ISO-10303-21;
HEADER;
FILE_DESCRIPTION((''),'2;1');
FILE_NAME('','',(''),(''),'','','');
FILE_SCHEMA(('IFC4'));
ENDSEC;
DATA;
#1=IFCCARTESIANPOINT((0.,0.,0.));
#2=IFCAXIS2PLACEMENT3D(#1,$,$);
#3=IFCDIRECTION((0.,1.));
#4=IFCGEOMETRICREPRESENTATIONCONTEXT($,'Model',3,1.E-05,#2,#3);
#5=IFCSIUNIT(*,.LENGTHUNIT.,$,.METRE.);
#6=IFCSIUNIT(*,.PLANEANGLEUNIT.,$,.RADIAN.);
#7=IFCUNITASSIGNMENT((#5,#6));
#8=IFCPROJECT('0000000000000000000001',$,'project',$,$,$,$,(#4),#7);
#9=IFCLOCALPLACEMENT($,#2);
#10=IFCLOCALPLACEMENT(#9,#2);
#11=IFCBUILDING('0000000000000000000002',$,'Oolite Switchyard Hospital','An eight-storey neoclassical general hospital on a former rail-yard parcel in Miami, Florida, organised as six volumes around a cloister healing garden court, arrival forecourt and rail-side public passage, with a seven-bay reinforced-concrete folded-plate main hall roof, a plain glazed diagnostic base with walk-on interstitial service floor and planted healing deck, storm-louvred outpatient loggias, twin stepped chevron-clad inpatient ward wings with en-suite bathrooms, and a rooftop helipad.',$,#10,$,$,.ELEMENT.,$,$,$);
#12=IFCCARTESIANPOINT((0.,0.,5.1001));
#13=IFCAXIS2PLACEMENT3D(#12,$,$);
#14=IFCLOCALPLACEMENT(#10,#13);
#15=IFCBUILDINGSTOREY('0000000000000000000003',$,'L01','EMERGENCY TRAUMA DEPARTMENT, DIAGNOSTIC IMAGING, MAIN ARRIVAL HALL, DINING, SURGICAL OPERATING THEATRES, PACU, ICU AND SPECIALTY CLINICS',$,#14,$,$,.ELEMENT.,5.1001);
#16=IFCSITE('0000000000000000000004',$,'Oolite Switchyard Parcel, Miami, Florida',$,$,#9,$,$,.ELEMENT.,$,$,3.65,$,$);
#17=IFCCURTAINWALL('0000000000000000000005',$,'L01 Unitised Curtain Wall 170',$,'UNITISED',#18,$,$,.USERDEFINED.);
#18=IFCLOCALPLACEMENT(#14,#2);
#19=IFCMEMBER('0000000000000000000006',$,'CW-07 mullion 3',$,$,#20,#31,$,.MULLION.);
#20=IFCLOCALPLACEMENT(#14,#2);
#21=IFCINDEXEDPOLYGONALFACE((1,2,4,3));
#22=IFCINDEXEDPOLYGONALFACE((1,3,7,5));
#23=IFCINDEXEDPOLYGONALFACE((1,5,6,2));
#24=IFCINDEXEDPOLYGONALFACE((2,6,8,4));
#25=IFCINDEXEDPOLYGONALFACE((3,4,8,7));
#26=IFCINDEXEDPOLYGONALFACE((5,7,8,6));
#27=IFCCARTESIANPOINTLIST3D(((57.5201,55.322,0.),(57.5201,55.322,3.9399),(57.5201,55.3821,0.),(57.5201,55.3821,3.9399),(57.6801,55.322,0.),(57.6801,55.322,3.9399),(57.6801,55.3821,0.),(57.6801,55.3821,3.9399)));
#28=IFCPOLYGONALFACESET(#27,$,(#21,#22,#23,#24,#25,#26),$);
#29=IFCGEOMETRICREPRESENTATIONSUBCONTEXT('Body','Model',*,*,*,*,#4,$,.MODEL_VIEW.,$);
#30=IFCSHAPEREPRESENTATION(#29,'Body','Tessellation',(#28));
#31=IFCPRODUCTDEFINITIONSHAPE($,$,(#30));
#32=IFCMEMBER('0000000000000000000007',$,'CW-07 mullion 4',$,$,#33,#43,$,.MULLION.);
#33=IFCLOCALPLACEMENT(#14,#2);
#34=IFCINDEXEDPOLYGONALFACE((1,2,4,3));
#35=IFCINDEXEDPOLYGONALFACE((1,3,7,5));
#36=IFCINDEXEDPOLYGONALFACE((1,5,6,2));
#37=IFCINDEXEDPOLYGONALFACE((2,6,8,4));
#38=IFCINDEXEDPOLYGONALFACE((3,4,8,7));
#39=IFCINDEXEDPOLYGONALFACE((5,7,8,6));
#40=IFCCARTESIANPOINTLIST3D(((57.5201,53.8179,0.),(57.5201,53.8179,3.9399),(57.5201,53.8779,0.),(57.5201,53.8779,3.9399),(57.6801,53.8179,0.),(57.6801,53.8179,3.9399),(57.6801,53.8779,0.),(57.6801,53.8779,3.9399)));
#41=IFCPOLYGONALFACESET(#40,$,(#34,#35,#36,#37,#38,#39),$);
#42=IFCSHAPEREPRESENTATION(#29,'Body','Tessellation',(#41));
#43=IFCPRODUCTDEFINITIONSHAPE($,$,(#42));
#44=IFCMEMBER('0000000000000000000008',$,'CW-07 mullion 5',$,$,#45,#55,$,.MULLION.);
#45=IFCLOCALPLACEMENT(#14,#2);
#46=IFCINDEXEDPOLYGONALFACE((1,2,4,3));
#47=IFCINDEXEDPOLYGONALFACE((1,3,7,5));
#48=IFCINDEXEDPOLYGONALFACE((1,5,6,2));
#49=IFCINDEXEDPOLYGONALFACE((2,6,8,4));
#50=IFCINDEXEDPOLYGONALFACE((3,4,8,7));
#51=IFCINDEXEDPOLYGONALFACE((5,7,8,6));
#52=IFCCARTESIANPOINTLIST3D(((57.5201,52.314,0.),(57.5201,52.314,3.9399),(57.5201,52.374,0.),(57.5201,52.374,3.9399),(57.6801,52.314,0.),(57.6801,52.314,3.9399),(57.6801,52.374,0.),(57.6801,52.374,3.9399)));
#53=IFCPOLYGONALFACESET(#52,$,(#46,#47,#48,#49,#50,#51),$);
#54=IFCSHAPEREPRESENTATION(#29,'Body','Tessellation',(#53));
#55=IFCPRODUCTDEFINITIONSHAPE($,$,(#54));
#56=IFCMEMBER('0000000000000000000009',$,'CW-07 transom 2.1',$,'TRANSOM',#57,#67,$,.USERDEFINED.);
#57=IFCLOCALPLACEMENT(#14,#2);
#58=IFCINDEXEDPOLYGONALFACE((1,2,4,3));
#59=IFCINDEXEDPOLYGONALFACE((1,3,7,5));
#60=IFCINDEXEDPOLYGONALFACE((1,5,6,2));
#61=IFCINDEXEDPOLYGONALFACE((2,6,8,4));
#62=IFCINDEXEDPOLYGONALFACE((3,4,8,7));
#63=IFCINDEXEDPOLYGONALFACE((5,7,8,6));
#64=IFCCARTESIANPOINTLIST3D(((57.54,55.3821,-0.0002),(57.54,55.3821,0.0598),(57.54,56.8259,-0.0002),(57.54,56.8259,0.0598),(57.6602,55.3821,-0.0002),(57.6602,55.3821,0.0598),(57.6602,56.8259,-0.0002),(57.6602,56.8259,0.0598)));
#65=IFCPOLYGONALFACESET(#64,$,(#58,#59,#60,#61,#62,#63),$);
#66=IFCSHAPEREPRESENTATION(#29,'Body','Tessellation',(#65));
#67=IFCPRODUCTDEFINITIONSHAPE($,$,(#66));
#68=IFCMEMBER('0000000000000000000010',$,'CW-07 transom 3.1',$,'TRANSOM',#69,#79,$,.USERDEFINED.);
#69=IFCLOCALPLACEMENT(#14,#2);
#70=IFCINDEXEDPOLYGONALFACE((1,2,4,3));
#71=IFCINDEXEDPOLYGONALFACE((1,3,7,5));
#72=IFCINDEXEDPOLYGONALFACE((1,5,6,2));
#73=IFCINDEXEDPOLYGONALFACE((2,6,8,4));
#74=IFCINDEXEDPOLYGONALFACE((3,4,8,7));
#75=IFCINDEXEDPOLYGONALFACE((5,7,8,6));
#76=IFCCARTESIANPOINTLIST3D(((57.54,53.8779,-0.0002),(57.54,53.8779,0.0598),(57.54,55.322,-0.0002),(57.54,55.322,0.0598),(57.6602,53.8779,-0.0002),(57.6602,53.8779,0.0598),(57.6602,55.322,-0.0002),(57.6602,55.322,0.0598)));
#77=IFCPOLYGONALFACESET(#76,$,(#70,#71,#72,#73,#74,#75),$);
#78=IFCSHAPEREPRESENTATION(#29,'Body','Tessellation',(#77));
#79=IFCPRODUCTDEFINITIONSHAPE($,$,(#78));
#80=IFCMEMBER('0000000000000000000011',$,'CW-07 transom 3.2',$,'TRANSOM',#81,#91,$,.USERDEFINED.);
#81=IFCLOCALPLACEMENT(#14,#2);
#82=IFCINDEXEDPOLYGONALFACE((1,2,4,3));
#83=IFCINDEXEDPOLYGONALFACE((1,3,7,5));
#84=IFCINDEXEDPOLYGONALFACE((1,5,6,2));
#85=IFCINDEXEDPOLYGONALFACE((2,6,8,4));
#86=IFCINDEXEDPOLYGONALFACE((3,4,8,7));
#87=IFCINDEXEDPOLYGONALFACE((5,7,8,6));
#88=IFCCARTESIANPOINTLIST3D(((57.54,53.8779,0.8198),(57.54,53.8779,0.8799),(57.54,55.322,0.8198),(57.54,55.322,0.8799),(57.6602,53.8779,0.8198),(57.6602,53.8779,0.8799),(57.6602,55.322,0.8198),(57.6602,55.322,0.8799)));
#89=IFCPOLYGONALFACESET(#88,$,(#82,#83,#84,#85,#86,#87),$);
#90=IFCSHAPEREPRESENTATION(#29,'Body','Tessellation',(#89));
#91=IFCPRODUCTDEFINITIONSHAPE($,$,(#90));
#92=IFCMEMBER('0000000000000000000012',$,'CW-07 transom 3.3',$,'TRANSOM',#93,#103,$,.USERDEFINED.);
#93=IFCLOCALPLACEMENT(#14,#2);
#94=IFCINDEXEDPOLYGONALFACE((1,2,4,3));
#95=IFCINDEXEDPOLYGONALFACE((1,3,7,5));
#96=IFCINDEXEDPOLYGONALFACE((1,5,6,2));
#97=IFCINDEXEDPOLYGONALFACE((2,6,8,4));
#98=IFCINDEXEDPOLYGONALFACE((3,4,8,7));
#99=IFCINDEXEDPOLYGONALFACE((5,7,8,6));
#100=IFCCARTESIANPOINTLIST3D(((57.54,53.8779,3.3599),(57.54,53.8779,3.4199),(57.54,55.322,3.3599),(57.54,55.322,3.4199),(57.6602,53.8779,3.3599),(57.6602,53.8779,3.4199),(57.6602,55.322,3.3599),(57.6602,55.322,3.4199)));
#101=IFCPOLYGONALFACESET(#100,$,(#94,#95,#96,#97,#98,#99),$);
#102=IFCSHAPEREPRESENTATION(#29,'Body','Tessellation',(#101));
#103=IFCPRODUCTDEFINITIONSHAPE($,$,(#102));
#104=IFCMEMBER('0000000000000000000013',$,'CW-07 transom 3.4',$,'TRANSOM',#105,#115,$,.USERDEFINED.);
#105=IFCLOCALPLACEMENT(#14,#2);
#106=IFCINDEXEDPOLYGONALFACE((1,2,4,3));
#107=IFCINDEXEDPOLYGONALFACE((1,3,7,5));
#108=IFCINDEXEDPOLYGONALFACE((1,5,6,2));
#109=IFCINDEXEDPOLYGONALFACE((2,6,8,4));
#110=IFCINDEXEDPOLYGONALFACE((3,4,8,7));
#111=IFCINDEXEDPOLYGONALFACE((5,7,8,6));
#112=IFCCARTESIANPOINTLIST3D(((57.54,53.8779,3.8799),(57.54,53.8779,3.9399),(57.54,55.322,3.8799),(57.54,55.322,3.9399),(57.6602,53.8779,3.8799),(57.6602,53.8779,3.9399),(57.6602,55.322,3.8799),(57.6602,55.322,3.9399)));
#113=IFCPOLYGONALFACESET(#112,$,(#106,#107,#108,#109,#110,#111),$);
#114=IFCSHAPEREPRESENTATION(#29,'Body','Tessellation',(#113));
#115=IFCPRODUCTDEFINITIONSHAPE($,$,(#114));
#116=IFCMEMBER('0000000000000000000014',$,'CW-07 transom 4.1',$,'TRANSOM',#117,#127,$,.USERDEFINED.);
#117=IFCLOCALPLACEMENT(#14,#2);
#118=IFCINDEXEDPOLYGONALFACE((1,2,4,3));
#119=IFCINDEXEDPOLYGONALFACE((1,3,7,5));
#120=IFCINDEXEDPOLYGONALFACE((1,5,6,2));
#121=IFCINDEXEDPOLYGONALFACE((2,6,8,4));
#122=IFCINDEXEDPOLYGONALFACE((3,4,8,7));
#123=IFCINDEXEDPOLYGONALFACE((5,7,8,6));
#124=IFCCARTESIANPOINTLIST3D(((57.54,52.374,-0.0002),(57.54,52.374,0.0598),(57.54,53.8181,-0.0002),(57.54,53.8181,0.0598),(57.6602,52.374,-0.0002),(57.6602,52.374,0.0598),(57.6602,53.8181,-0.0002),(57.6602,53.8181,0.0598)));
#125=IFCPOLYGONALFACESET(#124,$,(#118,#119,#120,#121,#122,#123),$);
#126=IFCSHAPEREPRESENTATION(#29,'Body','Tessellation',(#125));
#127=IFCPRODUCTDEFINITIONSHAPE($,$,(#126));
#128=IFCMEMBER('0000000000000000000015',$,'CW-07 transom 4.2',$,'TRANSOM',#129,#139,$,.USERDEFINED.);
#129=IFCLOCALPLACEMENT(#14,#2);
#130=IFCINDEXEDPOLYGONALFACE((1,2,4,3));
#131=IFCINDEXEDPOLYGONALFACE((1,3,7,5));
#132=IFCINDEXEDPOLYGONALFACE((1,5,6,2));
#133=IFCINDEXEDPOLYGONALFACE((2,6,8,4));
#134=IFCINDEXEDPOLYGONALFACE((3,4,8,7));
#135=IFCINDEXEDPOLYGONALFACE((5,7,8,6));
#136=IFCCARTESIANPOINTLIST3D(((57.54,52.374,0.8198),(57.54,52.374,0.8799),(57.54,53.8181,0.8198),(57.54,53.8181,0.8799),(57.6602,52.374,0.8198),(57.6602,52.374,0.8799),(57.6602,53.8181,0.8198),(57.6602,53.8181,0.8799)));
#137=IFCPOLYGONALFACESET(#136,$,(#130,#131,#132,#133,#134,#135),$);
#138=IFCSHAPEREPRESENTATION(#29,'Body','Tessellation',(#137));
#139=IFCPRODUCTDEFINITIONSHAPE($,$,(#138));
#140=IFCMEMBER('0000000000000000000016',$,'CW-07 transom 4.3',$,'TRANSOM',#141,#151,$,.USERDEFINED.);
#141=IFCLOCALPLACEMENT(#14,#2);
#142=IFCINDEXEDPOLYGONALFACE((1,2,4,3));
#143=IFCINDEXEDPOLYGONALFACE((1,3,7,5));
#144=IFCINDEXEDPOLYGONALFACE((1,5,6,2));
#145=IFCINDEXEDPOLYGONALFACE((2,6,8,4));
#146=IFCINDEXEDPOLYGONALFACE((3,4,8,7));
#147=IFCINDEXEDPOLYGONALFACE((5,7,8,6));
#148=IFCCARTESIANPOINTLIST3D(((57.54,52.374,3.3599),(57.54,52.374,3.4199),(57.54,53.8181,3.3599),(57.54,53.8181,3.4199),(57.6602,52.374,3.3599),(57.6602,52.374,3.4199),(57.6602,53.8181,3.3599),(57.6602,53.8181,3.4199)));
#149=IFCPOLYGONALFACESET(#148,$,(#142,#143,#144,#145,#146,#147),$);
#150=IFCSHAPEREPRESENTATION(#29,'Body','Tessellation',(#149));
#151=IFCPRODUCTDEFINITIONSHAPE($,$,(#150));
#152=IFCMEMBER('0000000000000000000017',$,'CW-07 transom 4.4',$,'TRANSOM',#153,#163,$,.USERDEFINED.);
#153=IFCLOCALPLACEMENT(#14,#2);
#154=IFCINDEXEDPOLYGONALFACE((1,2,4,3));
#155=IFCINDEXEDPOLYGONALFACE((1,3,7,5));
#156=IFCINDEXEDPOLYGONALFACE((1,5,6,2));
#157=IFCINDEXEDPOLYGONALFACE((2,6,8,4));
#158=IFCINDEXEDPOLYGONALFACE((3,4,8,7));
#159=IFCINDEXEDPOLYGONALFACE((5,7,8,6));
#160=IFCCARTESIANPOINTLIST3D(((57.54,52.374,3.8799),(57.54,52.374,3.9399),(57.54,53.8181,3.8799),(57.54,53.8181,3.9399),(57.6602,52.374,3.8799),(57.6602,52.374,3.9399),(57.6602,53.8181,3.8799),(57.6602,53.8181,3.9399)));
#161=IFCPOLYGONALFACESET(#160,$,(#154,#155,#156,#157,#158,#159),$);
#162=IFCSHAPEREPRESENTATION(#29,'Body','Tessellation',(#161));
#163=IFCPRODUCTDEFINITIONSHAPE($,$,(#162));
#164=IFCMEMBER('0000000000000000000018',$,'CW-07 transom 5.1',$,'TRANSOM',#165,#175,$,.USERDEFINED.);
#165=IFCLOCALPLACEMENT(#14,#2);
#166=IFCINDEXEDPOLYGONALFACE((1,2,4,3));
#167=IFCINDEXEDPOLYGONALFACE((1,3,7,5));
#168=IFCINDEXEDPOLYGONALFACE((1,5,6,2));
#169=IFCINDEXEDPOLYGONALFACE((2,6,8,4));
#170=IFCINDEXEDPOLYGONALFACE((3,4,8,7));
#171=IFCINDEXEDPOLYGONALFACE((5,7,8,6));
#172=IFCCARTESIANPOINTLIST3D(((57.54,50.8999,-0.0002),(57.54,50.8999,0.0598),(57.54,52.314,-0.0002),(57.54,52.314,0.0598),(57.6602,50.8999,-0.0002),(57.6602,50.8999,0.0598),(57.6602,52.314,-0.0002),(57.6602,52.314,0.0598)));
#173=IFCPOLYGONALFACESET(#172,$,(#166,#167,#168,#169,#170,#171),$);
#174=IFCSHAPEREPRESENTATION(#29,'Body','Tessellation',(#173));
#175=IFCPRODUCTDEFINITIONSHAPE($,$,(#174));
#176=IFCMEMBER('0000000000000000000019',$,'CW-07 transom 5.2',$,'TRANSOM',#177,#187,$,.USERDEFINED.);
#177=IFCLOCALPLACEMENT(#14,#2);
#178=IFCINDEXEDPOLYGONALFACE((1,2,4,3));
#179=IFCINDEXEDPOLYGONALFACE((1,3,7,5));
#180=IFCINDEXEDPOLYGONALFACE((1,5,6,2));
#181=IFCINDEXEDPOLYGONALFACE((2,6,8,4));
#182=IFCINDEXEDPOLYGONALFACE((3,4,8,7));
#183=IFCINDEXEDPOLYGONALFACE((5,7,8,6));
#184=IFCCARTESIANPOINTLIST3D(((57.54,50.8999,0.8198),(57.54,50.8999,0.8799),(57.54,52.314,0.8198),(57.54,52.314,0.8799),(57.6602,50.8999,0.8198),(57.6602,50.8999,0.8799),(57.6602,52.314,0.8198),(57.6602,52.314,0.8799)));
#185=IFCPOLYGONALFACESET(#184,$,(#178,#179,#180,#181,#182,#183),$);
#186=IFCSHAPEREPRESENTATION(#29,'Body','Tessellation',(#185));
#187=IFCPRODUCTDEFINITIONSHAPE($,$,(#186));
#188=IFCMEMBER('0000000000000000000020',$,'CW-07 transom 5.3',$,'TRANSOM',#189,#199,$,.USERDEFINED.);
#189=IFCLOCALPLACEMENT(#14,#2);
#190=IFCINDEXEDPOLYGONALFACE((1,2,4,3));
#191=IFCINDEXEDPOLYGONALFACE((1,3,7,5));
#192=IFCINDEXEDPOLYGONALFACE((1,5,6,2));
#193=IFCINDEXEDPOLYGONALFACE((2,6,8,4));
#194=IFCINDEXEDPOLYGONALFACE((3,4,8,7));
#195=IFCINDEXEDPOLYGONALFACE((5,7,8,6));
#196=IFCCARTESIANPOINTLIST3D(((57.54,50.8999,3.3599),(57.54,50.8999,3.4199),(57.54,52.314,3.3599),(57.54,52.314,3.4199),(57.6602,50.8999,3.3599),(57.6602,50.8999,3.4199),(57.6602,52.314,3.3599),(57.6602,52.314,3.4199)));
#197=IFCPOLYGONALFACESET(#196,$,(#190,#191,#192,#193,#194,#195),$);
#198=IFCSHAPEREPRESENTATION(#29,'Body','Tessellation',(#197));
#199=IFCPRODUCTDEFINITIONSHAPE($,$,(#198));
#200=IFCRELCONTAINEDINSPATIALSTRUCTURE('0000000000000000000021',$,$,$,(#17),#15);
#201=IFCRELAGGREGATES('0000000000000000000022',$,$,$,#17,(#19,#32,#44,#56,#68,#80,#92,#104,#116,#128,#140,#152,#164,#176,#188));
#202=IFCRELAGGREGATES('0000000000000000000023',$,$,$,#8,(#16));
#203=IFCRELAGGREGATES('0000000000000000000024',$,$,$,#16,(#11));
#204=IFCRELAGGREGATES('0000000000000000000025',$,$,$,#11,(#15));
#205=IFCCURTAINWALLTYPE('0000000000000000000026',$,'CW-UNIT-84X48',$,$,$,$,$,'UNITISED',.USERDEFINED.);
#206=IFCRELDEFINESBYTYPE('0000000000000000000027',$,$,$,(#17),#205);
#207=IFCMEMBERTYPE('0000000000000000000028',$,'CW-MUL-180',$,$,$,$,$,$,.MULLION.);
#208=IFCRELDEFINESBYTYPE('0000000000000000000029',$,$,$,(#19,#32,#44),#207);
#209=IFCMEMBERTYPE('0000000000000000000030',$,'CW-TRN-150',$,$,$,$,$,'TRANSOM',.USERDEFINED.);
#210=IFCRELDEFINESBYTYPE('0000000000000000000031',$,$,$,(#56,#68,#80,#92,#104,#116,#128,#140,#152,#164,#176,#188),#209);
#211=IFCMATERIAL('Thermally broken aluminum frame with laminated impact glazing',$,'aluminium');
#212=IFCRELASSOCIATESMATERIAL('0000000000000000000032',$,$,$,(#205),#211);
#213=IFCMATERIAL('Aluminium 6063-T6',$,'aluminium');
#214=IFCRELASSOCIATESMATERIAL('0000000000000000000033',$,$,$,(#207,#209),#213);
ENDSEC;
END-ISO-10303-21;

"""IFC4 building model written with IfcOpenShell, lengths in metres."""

from ifc_helpers import new_model, si_unit, direction, frame, origin, origin_2d, place, context, subcontext, project, spatial, rectangle, extrude, material, material_profile, profile_set, type_object, element, aggregate, save


model = new_model("IFC4")

# Units and contexts
model_context = context("Model", 3, precision=1e-05, world=origin(), true_north=direction((0.0, 1.0)))
body_context = subcontext(model_context, "Body", "Model", "MODEL_VIEW")
ifc_project = project(units=[si_unit("LENGTHUNIT", "METRE"), si_unit("PLANEANGLEUNIT", "RADIAN")], contexts=[model_context])

# Site, building, storey
site_placement = place(None, origin())
site = spatial("IfcSite", under=ifc_project, at=site_placement, Name="Oolite Switchyard Parcel, Miami, Florida", CompositionType="ELEMENT", RefElevation=3.65)
building_placement = place(site_placement, origin())
building = spatial("IfcBuilding", under=site, at=building_placement, Name="Oolite Switchyard Hospital", Description="An eight-storey neoclassical general hospital on a former rail-yard parcel in Miami, Florida, organised as six volumes around a cloister healing garden court, arrival forecourt and rail-side public passage, with a seven-bay reinforced-concrete folded-plate main hall roof, a plain glazed diagnostic base with walk-on interstitial service floor and planted healing deck, storm-louvred outpatient loggias, twin stepped chevron-clad inpatient ward wings with en-suite bathrooms, and a rooftop helipad.", CompositionType="ELEMENT")
storey_placement = place(building_placement, frame((0.0, 0.0, 5.1001)))
storey = spatial("IfcBuildingStorey", under=building, at=storey_placement, Name="L01", Description="EMERGENCY TRAUMA DEPARTMENT, DIAGNOSTIC IMAGING, MAIN ARRIVAL HALL, DINING, SURGICAL OPERATING THEATRES, PACU, ICU AND SPECIALTY CLINICS", CompositionType="ELEMENT", Elevation=5.1001)

# Curtain wall, members
ifc_material_1 = material(Name="Thermally broken aluminum frame with laminated impact glazing", Category="aluminium")
curtain_wall_type = type_object("IfcCurtainWallType", Name="CW-UNIT-84X48", ElementType="UNITISED", PredefinedType="USERDEFINED", material=ifc_material_1)
curtain_wall_placement = place(storey_placement, origin())
curtain_wall = element("IfcCurtainWall", 1, at=curtain_wall_placement, inside=storey, type_object=curtain_wall_type, Name="L01 Unitised Curtain Wall 170", ObjectType="UNITISED", PredefinedType="USERDEFINED")
ifc_material_2 = material(Name="Aluminium 6063-T6", Category="aluminium")
ifc_material_profile_1 = material_profile(ifc_material_2, rectangle(XDim=0.1599, YDim=0.0601, at=origin_2d()), Name="CWM60X160")
ifc_profile_set_1 = profile_set([ifc_material_profile_1], Name="Aluminium 6063-T6")
member_type_1 = type_object("IfcMemberType", Name="CW-MUL-180", PredefinedType="MULLION", material=ifc_profile_set_1)
member_1_placement = place(storey_placement, frame((57.6001, 55.3521, 0.0), z_axis=(0.0, 0.0, 1.0), x_axis=(1.0, 0.0, 0.0)))
member_1 = element("IfcMember", 2, at=member_1_placement, type_object=member_type_1, Name="CW-07 mullion 3", PredefinedType="MULLION", context=body_context, shape_type="SweptSolid", body=[
    extrude(rectangle(XDim=0.1599, YDim=0.0601, at=origin_2d()), origin(), (0.0, 0.0, 1.0), 3.9399),
])
member_2_placement = place(storey_placement, frame((57.6001, 53.8479, 0.0), z_axis=(0.0, 0.0, 1.0), x_axis=(1.0, 0.0, 0.0)))
member_2 = element("IfcMember", 3, at=member_2_placement, type_object=member_type_1, Name="CW-07 mullion 4", PredefinedType="MULLION", context=body_context, shape_type="SweptSolid", body=[
    extrude(rectangle(XDim=0.1599, YDim=0.0601, at=origin_2d()), origin(), (0.0, 0.0, 1.0), 3.9399),
])
member_3_placement = place(storey_placement, frame((57.6001, 52.344, 0.0), z_axis=(0.0, 0.0, 1.0), x_axis=(1.0, 0.0, 0.0)))
member_3 = element("IfcMember", 4, at=member_3_placement, type_object=member_type_1, Name="CW-07 mullion 5", PredefinedType="MULLION", context=body_context, shape_type="SweptSolid", body=[
    extrude(rectangle(XDim=0.1599, YDim=0.0601, at=origin_2d()), origin(), (0.0, 0.0, 1.0), 3.9399),
])
ifc_material_profile_2 = material_profile(ifc_material_2, rectangle(XDim=0.1201, YDim=0.0601, at=origin_2d()), Name="CWT60X120")
ifc_profile_set_2 = profile_set([ifc_material_profile_2], Name="Aluminium 6063-T6")
member_type_2 = type_object("IfcMemberType", Name="CW-TRN-150", ElementType="TRANSOM", PredefinedType="USERDEFINED", material=ifc_profile_set_2)
member_4_placement = place(storey_placement, frame((57.6001, 56.8259, 0.0298), z_axis=(0.0, -1.0, 0.0), x_axis=(1.0, 0.0, 0.0)))
member_4 = element("IfcMember", 5, at=member_4_placement, type_object=member_type_2, Name="CW-07 transom 2.1", ObjectType="TRANSOM", PredefinedType="USERDEFINED", context=body_context, shape_type="SweptSolid", body=[
    extrude(rectangle(XDim=0.1201, YDim=0.0601, at=origin_2d()), origin(), (0.0, 0.0, 1.0), 1.4438),
])
member_5_placement = place(storey_placement, frame((57.6001, 55.322, 0.0298), z_axis=(0.0, -1.0, 0.0), x_axis=(1.0, 0.0, 0.0)))
member_5 = element("IfcMember", 6, at=member_5_placement, type_object=member_type_2, Name="CW-07 transom 3.1", ObjectType="TRANSOM", PredefinedType="USERDEFINED", context=body_context, shape_type="SweptSolid", body=[
    extrude(rectangle(XDim=0.1201, YDim=0.0601, at=origin_2d()), origin(), (0.0, 0.0, 1.0), 1.4441),
])
member_6_placement = place(storey_placement, frame((57.6001, 55.322, 0.8499), z_axis=(0.0, -1.0, 0.0), x_axis=(1.0, 0.0, 0.0)))
member_6 = element("IfcMember", 7, at=member_6_placement, type_object=member_type_2, Name="CW-07 transom 3.2", ObjectType="TRANSOM", PredefinedType="USERDEFINED", context=body_context, shape_type="SweptSolid", body=[
    extrude(rectangle(XDim=0.1201, YDim=0.0601, at=origin_2d()), origin(), (0.0, 0.0, 1.0), 1.4441),
])
member_7_placement = place(storey_placement, frame((57.6001, 55.322, 3.3899), z_axis=(0.0, -1.0, 0.0), x_axis=(1.0, 0.0, 0.0)))
member_7 = element("IfcMember", 8, at=member_7_placement, type_object=member_type_2, Name="CW-07 transom 3.3", ObjectType="TRANSOM", PredefinedType="USERDEFINED", context=body_context, shape_type="SweptSolid", body=[
    extrude(rectangle(XDim=0.1201, YDim=0.0601, at=origin_2d()), origin(), (0.0, 0.0, 1.0), 1.4441),
])
member_8_placement = place(storey_placement, frame((57.6001, 55.322, 3.9099), z_axis=(0.0, -1.0, 0.0), x_axis=(1.0, 0.0, 0.0)))
member_8 = element("IfcMember", 9, at=member_8_placement, type_object=member_type_2, Name="CW-07 transom 3.4", ObjectType="TRANSOM", PredefinedType="USERDEFINED", context=body_context, shape_type="SweptSolid", body=[
    extrude(rectangle(XDim=0.1201, YDim=0.0601, at=origin_2d()), origin(), (0.0, 0.0, 1.0), 1.4441),
])
member_9_placement = place(storey_placement, frame((57.6001, 53.8181, 0.0298), z_axis=(0.0, -1.0, 0.0), x_axis=(1.0, 0.0, 0.0)))
member_9 = element("IfcMember", 10, at=member_9_placement, type_object=member_type_2, Name="CW-07 transom 4.1", ObjectType="TRANSOM", PredefinedType="USERDEFINED", context=body_context, shape_type="SweptSolid", body=[
    extrude(rectangle(XDim=0.1201, YDim=0.0601, at=origin_2d()), origin(), (0.0, 0.0, 1.0), 1.4441),
])
member_10_placement = place(storey_placement, frame((57.6001, 53.8181, 0.8499), z_axis=(0.0, -1.0, 0.0), x_axis=(1.0, 0.0, 0.0)))
member_10 = element("IfcMember", 11, at=member_10_placement, type_object=member_type_2, Name="CW-07 transom 4.2", ObjectType="TRANSOM", PredefinedType="USERDEFINED", context=body_context, shape_type="SweptSolid", body=[
    extrude(rectangle(XDim=0.1201, YDim=0.0601, at=origin_2d()), origin(), (0.0, 0.0, 1.0), 1.4441),
])
member_11_placement = place(storey_placement, frame((57.6001, 53.8181, 3.3899), z_axis=(0.0, -1.0, 0.0), x_axis=(1.0, 0.0, 0.0)))
member_11 = element("IfcMember", 12, at=member_11_placement, type_object=member_type_2, Name="CW-07 transom 4.3", ObjectType="TRANSOM", PredefinedType="USERDEFINED", context=body_context, shape_type="SweptSolid", body=[
    extrude(rectangle(XDim=0.1201, YDim=0.0601, at=origin_2d()), origin(), (0.0, 0.0, 1.0), 1.4441),
])
member_12_placement = place(storey_placement, frame((57.6001, 53.8181, 3.9099), z_axis=(0.0, -1.0, 0.0), x_axis=(1.0, 0.0, 0.0)))
member_12 = element("IfcMember", 13, at=member_12_placement, type_object=member_type_2, Name="CW-07 transom 4.4", ObjectType="TRANSOM", PredefinedType="USERDEFINED", context=body_context, shape_type="SweptSolid", body=[
    extrude(rectangle(XDim=0.1201, YDim=0.0601, at=origin_2d()), origin(), (0.0, 0.0, 1.0), 1.4441),
])
member_13_placement = place(storey_placement, frame((57.6001, 52.314, 0.0298), z_axis=(0.0, -1.0, 0.0), x_axis=(1.0, 0.0, 0.0)))
member_13 = element("IfcMember", 14, at=member_13_placement, type_object=member_type_2, Name="CW-07 transom 5.1", ObjectType="TRANSOM", PredefinedType="USERDEFINED", context=body_context, shape_type="SweptSolid", body=[
    extrude(rectangle(XDim=0.1201, YDim=0.0601, at=origin_2d()), origin(), (0.0, 0.0, 1.0), 1.4141),
])
member_14_placement = place(storey_placement, frame((57.6001, 52.314, 0.8499), z_axis=(0.0, -1.0, 0.0), x_axis=(1.0, 0.0, 0.0)))
member_14 = element("IfcMember", 15, at=member_14_placement, type_object=member_type_2, Name="CW-07 transom 5.2", ObjectType="TRANSOM", PredefinedType="USERDEFINED", context=body_context, shape_type="SweptSolid", body=[
    extrude(rectangle(XDim=0.1201, YDim=0.0601, at=origin_2d()), origin(), (0.0, 0.0, 1.0), 1.4141),
])
member_15_placement = place(storey_placement, frame((57.6001, 52.314, 3.3899), z_axis=(0.0, -1.0, 0.0), x_axis=(1.0, 0.0, 0.0)))
member_15 = element("IfcMember", 16, at=member_15_placement, type_object=member_type_2, Name="CW-07 transom 5.3", ObjectType="TRANSOM", PredefinedType="USERDEFINED", context=body_context, shape_type="SweptSolid", body=[
    extrude(rectangle(XDim=0.1201, YDim=0.0601, at=origin_2d()), origin(), (0.0, 0.0, 1.0), 1.4141),
])
aggregate(curtain_wall, [member_1, member_2, member_3, member_4, member_5, member_6, member_7, member_8, member_9, member_10, member_11, member_12, member_13, member_14, member_15])

save(model, "model.ifc")
